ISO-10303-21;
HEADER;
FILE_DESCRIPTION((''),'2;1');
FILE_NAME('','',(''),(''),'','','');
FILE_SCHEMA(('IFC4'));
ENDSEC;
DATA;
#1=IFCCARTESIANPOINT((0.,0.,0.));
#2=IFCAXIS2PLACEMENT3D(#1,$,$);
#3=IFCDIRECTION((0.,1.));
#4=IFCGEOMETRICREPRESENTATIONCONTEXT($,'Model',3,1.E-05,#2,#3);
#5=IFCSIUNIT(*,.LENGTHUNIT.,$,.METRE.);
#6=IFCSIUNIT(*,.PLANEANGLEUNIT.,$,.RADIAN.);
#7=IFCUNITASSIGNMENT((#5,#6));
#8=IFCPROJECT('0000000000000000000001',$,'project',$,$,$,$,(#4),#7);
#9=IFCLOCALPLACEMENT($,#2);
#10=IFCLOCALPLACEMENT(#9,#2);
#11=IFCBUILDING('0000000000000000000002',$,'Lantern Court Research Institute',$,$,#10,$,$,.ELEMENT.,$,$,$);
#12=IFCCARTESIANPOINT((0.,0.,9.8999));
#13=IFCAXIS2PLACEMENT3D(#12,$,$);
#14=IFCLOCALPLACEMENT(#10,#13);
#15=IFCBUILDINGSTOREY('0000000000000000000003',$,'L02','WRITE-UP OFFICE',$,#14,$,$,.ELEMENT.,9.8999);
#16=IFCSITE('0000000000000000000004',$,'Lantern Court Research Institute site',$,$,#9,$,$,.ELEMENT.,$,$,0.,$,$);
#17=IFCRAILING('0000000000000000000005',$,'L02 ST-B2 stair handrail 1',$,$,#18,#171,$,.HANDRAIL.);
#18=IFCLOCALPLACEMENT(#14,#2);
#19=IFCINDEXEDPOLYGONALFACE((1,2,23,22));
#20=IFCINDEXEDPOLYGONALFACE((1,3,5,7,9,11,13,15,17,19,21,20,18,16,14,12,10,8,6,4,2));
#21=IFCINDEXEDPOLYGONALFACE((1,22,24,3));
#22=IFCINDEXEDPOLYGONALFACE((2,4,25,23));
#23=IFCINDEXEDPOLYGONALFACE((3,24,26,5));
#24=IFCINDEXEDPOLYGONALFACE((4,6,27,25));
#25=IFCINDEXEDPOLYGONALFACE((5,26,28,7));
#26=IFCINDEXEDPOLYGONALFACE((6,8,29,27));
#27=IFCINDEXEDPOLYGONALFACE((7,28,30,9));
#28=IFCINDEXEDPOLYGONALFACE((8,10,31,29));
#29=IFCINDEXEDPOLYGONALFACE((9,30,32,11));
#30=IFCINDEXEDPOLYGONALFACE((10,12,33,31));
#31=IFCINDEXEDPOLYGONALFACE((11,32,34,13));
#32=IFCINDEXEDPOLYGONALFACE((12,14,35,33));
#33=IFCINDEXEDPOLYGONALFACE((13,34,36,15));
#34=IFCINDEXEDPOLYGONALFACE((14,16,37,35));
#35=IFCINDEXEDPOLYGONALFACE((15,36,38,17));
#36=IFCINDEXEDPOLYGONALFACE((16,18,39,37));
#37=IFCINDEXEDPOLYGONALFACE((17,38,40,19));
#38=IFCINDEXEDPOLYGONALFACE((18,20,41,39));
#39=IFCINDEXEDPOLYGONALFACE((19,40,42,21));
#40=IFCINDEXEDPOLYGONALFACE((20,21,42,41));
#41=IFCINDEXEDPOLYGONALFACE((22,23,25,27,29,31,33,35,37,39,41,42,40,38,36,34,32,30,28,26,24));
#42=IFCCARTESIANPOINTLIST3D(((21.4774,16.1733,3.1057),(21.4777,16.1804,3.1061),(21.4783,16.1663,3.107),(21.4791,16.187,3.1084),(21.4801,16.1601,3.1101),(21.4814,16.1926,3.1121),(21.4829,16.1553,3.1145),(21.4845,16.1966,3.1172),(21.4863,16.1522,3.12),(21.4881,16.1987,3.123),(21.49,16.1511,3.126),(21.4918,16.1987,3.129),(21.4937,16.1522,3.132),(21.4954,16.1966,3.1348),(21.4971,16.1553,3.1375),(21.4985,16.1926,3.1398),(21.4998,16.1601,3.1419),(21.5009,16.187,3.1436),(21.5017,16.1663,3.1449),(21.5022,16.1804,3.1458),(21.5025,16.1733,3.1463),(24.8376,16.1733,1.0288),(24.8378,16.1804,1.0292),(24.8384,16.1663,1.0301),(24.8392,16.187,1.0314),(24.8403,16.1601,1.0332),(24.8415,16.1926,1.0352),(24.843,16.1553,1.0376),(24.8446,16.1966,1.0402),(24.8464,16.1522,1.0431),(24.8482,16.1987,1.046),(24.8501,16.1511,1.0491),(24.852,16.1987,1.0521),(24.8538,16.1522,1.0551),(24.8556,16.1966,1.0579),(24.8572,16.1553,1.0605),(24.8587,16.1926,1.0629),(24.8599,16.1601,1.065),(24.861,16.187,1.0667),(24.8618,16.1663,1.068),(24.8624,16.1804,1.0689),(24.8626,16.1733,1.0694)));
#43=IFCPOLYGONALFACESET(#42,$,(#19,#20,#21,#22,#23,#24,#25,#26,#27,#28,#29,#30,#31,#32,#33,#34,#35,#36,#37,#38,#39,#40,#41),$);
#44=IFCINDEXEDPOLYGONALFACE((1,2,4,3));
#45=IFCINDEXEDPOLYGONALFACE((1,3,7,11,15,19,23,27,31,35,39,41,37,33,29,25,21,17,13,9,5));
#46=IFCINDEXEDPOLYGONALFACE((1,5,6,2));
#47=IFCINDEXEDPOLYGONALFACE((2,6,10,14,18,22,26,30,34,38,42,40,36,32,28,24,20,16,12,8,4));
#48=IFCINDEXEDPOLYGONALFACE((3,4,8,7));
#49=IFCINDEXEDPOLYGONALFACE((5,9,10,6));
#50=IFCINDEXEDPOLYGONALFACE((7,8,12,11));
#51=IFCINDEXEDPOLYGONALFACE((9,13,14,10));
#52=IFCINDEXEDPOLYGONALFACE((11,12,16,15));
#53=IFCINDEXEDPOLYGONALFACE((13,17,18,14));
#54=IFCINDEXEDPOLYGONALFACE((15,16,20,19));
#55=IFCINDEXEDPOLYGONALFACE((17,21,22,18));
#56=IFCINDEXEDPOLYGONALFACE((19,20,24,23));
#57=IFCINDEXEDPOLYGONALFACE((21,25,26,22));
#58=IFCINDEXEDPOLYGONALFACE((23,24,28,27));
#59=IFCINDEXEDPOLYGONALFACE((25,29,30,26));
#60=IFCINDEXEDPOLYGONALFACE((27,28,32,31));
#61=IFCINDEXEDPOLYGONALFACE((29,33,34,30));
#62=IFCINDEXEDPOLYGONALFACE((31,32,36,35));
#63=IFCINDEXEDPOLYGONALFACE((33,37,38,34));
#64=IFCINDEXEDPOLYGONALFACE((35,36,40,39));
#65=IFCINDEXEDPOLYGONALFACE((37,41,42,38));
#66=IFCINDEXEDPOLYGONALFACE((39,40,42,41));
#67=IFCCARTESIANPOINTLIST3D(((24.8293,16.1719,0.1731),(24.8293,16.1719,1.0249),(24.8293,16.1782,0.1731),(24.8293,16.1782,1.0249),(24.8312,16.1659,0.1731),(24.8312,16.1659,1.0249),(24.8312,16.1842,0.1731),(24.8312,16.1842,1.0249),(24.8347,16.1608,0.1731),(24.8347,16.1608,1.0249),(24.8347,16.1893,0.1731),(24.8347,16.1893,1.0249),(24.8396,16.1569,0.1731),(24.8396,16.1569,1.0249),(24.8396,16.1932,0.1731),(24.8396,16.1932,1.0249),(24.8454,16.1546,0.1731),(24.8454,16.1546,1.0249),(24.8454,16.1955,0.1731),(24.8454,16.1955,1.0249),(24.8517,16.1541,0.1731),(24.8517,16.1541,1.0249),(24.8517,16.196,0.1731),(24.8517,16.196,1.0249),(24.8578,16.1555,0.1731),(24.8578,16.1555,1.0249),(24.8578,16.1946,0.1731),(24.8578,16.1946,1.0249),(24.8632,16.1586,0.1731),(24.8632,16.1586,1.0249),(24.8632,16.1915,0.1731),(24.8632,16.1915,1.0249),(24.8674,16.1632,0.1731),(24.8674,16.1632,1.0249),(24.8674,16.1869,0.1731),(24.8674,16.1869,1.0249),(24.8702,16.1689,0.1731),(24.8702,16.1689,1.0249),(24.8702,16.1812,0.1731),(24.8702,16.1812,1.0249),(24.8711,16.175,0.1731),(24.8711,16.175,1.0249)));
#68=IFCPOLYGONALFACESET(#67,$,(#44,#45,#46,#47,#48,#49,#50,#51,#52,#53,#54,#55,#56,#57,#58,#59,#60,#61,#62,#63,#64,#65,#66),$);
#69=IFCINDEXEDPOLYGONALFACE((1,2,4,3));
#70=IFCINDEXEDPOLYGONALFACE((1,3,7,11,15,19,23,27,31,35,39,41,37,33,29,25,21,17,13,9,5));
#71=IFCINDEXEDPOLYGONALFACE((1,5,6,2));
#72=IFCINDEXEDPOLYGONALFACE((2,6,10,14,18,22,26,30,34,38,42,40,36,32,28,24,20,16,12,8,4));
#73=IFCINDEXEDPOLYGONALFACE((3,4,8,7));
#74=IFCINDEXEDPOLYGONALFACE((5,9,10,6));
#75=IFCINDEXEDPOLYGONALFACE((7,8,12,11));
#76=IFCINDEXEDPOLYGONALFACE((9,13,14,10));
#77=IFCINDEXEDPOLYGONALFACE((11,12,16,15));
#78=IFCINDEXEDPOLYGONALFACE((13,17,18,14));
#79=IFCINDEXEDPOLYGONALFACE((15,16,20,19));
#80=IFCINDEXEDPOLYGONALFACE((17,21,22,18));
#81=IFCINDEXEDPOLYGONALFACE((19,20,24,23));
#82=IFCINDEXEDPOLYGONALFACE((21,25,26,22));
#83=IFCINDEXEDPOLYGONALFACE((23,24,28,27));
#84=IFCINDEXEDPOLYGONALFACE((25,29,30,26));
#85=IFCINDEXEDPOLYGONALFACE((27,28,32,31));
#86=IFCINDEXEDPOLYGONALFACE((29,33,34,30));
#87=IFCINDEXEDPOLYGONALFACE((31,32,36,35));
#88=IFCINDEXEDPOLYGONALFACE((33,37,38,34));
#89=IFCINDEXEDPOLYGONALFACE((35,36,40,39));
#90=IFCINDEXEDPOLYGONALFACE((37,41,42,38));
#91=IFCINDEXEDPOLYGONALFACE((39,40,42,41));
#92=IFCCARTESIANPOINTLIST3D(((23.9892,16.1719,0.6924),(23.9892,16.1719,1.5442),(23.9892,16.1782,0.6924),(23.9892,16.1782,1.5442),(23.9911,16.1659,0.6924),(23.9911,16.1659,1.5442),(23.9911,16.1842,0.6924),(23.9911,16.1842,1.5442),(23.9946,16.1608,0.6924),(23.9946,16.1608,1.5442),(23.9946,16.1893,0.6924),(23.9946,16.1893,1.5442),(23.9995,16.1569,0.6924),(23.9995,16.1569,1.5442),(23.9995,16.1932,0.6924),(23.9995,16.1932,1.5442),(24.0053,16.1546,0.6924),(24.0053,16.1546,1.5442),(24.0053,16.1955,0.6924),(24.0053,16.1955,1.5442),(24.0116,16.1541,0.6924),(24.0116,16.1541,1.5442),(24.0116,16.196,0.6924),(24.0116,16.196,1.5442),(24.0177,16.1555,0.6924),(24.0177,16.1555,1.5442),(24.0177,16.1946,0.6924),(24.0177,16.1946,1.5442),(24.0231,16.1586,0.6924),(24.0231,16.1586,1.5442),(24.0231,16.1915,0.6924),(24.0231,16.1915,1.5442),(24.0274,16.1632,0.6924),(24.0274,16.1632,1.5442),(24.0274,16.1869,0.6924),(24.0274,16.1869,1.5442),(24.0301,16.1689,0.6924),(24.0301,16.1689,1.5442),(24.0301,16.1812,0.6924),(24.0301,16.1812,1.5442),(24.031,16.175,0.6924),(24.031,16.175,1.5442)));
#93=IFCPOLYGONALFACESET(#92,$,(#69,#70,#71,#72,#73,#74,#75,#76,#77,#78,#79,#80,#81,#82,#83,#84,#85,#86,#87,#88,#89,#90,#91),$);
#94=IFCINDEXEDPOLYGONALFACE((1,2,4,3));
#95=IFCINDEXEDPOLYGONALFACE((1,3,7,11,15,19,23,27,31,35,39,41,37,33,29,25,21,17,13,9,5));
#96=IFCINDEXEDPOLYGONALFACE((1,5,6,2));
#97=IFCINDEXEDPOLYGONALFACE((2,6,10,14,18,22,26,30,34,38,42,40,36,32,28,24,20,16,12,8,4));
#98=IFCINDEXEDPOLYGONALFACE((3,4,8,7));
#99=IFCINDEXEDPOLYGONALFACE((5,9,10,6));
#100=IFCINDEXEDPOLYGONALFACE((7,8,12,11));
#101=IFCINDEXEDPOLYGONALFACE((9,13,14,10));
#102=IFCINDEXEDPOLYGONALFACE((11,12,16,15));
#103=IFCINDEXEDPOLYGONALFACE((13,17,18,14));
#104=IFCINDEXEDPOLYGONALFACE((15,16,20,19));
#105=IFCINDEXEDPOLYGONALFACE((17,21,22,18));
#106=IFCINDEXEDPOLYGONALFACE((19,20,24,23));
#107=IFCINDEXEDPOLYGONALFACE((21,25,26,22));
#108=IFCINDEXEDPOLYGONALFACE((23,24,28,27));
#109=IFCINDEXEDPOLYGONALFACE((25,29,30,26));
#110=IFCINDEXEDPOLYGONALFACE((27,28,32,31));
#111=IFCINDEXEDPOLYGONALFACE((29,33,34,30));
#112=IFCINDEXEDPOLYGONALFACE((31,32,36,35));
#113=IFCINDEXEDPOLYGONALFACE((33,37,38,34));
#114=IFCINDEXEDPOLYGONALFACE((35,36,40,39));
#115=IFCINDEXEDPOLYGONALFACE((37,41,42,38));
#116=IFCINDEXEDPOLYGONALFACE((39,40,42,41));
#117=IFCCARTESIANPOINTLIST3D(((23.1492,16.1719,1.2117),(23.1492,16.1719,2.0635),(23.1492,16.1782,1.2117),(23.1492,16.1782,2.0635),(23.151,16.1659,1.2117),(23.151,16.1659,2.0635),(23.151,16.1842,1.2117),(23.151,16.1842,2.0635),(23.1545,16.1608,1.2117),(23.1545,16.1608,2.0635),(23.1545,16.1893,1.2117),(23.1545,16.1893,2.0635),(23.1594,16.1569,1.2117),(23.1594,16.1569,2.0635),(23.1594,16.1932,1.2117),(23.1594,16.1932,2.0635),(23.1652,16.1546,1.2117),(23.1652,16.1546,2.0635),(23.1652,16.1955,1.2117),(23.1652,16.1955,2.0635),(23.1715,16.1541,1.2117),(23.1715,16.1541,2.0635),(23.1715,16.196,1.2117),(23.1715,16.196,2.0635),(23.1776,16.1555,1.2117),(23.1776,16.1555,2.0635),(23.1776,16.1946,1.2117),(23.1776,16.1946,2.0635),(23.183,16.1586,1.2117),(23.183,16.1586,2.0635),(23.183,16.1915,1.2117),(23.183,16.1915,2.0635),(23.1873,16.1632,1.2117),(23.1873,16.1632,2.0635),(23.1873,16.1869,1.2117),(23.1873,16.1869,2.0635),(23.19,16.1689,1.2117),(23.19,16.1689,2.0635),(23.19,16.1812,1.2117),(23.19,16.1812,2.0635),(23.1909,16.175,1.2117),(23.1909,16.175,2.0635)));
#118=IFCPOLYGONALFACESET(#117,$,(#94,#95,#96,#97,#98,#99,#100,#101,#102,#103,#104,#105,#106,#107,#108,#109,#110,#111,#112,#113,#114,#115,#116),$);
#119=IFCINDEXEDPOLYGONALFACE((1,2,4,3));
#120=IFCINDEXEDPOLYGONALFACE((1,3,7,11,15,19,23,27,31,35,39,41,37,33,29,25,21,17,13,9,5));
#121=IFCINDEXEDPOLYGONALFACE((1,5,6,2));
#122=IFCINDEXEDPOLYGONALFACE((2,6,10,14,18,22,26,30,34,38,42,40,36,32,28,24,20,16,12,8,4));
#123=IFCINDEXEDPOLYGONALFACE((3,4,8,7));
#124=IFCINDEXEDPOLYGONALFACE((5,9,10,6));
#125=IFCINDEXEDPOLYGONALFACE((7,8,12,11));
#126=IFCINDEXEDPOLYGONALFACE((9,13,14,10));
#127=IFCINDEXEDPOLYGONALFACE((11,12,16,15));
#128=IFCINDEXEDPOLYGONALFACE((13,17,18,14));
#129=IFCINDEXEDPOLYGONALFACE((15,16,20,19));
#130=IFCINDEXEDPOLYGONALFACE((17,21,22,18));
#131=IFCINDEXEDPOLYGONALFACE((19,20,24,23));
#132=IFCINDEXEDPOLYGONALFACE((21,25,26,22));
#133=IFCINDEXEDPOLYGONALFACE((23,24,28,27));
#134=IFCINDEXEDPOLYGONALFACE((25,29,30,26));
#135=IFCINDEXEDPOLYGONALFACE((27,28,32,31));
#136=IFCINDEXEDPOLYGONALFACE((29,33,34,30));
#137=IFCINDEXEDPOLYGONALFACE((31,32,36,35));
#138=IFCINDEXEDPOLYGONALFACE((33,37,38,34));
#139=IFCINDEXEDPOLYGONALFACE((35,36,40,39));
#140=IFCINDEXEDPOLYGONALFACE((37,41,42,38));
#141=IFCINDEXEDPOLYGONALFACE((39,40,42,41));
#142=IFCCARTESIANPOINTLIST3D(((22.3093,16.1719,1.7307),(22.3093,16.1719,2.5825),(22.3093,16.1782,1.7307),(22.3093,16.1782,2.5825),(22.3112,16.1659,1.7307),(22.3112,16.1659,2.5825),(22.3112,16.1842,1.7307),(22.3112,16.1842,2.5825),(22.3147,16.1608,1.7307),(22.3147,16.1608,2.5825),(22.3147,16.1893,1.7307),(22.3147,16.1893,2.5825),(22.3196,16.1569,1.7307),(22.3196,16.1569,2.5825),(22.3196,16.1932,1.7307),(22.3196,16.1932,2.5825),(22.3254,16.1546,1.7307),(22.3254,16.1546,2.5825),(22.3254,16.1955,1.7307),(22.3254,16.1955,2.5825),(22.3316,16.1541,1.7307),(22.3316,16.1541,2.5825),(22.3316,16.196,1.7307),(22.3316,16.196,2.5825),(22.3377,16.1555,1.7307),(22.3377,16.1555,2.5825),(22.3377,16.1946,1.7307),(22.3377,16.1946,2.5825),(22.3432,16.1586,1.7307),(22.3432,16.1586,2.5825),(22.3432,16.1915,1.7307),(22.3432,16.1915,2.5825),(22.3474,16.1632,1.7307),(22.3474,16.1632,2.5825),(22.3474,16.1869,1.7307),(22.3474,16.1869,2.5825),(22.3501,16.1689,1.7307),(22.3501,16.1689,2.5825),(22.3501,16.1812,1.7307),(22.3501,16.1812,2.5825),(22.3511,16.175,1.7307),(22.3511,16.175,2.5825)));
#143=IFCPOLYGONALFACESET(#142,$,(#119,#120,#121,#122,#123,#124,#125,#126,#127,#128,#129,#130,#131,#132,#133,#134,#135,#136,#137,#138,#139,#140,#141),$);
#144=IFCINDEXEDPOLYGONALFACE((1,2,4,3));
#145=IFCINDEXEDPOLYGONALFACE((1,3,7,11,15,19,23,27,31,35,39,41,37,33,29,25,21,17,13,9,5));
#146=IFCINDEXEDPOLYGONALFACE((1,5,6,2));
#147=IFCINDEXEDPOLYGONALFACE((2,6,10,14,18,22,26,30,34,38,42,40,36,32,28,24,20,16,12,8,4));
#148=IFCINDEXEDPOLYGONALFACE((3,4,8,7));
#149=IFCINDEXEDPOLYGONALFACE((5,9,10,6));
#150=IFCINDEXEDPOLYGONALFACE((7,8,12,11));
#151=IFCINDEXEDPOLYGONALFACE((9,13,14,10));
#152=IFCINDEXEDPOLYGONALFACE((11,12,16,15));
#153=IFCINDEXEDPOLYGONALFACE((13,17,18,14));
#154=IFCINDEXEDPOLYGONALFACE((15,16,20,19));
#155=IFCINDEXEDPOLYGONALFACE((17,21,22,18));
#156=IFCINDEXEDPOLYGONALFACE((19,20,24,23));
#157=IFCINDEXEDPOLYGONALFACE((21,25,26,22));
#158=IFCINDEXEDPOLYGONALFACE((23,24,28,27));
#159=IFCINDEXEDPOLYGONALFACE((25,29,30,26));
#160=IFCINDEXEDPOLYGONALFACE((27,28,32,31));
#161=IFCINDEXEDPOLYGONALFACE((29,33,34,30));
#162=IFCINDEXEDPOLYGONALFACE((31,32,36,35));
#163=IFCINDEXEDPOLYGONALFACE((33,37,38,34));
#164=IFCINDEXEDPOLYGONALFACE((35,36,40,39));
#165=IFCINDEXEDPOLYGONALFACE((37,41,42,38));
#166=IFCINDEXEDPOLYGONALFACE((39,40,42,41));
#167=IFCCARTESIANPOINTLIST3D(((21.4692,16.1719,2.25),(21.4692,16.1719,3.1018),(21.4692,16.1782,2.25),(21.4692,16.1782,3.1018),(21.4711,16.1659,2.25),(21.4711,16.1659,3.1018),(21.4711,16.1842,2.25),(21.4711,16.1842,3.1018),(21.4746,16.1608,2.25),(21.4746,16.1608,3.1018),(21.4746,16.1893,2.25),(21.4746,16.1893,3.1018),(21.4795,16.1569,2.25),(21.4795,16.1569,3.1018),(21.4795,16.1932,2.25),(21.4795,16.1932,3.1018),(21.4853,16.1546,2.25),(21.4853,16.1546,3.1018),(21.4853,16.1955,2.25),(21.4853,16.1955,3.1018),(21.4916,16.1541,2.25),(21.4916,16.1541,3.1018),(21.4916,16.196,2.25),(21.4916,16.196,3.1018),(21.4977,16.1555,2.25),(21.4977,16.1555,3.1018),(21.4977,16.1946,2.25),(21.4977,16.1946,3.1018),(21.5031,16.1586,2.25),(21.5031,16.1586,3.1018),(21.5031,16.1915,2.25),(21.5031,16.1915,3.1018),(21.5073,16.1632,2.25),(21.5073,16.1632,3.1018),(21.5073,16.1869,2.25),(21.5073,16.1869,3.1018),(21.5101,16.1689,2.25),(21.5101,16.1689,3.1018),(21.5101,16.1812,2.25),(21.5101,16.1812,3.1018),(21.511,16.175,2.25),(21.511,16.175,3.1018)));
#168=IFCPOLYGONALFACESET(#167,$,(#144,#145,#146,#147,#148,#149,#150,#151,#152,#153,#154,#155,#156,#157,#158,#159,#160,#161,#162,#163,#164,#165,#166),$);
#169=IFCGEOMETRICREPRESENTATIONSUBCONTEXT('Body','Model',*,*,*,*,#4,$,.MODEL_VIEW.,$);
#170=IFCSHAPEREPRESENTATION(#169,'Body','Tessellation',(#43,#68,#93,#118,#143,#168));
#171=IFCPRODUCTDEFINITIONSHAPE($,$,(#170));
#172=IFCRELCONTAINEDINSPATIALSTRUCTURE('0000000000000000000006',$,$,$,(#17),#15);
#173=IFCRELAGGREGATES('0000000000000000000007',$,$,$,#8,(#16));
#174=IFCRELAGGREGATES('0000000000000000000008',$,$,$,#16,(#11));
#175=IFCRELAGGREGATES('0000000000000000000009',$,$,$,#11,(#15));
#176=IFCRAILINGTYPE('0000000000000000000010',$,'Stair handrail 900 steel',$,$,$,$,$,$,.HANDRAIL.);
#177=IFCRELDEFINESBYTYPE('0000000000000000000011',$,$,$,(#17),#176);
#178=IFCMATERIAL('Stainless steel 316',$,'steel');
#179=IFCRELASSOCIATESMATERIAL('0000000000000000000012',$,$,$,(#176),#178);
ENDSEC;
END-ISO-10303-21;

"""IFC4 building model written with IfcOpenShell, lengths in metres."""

from ifc_helpers import new_model, si_unit, direction, frame, origin, origin_2d, place, context, subcontext, project, spatial, circle, extrude, material, type_object, element, save


model = new_model("IFC4")

# Units and contexts
model_context = context("Model", 3, precision=1e-05, world=origin(), true_north=direction((0.0, 1.0)))
body_context = subcontext(model_context, "Body", "Model", "MODEL_VIEW")
ifc_project = project(units=[si_unit("LENGTHUNIT", "METRE"), si_unit("PLANEANGLEUNIT", "RADIAN")], contexts=[model_context])

# Site, building, storey
site_placement = place(None, origin())
site = spatial("IfcSite", under=ifc_project, at=site_placement, Name="Lantern Court Research Institute site", CompositionType="ELEMENT", RefElevation=0.0)
building_placement = place(site_placement, origin())
building = spatial("IfcBuilding", under=site, at=building_placement, Name="Lantern Court Research Institute", CompositionType="ELEMENT")
storey_placement = place(building_placement, frame((0.0, 0.0, 9.8999)))
storey = spatial("IfcBuildingStorey", under=building, at=storey_placement, Name="L02", Description="WRITE-UP OFFICE", CompositionType="ELEMENT", Elevation=9.8999)

# Railing
ifc_material_1 = material(Name="Stainless steel 316", Category="steel")
railing_type_1 = type_object("IfcRailingType", Name="Stair handrail 900 steel", PredefinedType="HANDRAIL", material=ifc_material_1)
railing_1_placement = place(storey_placement, frame((24.8501, 16.175, 0.1731)))
element("IfcRailing", 1, at=railing_1_placement, inside=storey, type_object=railing_type_1, Name="L02 ST-B2 stair handrail 1", PredefinedType="HANDRAIL", context=body_context, shape_type="SweptSolid", body=[
    extrude(circle(Radius=0.0239, at=origin_2d()), frame((0.0, 0.0, 0.876), z_axis=(-0.850623, 0.0, 0.525776), x_axis=(0.0, -1.0, 0.0)), (0.0, 0.0, 1.0), 3.9502),
    extrude(circle(Radius=0.021, at=origin_2d()), origin(), (0.0, 0.0, 1.0), 0.8518),
    extrude(circle(Radius=0.021, at=origin_2d()), frame((-0.8401, 0.0, 0.5193)), (0.0, 0.0, 1.0), 0.8518),
    extrude(circle(Radius=0.021, at=origin_2d()), frame((-1.6802, 0.0, 1.0386)), (0.0, 0.0, 1.0), 0.8518),
    extrude(circle(Radius=0.021, at=origin_2d()), frame((-2.52, 0.0, 1.5576)), (0.0, 0.0, 1.0), 0.8518),
    extrude(circle(Radius=0.021, at=origin_2d()), frame((-3.3601, 0.0, 2.0769)), (0.0, 0.0, 1.0), 0.8518),
])

save(model, "model.ifc")
